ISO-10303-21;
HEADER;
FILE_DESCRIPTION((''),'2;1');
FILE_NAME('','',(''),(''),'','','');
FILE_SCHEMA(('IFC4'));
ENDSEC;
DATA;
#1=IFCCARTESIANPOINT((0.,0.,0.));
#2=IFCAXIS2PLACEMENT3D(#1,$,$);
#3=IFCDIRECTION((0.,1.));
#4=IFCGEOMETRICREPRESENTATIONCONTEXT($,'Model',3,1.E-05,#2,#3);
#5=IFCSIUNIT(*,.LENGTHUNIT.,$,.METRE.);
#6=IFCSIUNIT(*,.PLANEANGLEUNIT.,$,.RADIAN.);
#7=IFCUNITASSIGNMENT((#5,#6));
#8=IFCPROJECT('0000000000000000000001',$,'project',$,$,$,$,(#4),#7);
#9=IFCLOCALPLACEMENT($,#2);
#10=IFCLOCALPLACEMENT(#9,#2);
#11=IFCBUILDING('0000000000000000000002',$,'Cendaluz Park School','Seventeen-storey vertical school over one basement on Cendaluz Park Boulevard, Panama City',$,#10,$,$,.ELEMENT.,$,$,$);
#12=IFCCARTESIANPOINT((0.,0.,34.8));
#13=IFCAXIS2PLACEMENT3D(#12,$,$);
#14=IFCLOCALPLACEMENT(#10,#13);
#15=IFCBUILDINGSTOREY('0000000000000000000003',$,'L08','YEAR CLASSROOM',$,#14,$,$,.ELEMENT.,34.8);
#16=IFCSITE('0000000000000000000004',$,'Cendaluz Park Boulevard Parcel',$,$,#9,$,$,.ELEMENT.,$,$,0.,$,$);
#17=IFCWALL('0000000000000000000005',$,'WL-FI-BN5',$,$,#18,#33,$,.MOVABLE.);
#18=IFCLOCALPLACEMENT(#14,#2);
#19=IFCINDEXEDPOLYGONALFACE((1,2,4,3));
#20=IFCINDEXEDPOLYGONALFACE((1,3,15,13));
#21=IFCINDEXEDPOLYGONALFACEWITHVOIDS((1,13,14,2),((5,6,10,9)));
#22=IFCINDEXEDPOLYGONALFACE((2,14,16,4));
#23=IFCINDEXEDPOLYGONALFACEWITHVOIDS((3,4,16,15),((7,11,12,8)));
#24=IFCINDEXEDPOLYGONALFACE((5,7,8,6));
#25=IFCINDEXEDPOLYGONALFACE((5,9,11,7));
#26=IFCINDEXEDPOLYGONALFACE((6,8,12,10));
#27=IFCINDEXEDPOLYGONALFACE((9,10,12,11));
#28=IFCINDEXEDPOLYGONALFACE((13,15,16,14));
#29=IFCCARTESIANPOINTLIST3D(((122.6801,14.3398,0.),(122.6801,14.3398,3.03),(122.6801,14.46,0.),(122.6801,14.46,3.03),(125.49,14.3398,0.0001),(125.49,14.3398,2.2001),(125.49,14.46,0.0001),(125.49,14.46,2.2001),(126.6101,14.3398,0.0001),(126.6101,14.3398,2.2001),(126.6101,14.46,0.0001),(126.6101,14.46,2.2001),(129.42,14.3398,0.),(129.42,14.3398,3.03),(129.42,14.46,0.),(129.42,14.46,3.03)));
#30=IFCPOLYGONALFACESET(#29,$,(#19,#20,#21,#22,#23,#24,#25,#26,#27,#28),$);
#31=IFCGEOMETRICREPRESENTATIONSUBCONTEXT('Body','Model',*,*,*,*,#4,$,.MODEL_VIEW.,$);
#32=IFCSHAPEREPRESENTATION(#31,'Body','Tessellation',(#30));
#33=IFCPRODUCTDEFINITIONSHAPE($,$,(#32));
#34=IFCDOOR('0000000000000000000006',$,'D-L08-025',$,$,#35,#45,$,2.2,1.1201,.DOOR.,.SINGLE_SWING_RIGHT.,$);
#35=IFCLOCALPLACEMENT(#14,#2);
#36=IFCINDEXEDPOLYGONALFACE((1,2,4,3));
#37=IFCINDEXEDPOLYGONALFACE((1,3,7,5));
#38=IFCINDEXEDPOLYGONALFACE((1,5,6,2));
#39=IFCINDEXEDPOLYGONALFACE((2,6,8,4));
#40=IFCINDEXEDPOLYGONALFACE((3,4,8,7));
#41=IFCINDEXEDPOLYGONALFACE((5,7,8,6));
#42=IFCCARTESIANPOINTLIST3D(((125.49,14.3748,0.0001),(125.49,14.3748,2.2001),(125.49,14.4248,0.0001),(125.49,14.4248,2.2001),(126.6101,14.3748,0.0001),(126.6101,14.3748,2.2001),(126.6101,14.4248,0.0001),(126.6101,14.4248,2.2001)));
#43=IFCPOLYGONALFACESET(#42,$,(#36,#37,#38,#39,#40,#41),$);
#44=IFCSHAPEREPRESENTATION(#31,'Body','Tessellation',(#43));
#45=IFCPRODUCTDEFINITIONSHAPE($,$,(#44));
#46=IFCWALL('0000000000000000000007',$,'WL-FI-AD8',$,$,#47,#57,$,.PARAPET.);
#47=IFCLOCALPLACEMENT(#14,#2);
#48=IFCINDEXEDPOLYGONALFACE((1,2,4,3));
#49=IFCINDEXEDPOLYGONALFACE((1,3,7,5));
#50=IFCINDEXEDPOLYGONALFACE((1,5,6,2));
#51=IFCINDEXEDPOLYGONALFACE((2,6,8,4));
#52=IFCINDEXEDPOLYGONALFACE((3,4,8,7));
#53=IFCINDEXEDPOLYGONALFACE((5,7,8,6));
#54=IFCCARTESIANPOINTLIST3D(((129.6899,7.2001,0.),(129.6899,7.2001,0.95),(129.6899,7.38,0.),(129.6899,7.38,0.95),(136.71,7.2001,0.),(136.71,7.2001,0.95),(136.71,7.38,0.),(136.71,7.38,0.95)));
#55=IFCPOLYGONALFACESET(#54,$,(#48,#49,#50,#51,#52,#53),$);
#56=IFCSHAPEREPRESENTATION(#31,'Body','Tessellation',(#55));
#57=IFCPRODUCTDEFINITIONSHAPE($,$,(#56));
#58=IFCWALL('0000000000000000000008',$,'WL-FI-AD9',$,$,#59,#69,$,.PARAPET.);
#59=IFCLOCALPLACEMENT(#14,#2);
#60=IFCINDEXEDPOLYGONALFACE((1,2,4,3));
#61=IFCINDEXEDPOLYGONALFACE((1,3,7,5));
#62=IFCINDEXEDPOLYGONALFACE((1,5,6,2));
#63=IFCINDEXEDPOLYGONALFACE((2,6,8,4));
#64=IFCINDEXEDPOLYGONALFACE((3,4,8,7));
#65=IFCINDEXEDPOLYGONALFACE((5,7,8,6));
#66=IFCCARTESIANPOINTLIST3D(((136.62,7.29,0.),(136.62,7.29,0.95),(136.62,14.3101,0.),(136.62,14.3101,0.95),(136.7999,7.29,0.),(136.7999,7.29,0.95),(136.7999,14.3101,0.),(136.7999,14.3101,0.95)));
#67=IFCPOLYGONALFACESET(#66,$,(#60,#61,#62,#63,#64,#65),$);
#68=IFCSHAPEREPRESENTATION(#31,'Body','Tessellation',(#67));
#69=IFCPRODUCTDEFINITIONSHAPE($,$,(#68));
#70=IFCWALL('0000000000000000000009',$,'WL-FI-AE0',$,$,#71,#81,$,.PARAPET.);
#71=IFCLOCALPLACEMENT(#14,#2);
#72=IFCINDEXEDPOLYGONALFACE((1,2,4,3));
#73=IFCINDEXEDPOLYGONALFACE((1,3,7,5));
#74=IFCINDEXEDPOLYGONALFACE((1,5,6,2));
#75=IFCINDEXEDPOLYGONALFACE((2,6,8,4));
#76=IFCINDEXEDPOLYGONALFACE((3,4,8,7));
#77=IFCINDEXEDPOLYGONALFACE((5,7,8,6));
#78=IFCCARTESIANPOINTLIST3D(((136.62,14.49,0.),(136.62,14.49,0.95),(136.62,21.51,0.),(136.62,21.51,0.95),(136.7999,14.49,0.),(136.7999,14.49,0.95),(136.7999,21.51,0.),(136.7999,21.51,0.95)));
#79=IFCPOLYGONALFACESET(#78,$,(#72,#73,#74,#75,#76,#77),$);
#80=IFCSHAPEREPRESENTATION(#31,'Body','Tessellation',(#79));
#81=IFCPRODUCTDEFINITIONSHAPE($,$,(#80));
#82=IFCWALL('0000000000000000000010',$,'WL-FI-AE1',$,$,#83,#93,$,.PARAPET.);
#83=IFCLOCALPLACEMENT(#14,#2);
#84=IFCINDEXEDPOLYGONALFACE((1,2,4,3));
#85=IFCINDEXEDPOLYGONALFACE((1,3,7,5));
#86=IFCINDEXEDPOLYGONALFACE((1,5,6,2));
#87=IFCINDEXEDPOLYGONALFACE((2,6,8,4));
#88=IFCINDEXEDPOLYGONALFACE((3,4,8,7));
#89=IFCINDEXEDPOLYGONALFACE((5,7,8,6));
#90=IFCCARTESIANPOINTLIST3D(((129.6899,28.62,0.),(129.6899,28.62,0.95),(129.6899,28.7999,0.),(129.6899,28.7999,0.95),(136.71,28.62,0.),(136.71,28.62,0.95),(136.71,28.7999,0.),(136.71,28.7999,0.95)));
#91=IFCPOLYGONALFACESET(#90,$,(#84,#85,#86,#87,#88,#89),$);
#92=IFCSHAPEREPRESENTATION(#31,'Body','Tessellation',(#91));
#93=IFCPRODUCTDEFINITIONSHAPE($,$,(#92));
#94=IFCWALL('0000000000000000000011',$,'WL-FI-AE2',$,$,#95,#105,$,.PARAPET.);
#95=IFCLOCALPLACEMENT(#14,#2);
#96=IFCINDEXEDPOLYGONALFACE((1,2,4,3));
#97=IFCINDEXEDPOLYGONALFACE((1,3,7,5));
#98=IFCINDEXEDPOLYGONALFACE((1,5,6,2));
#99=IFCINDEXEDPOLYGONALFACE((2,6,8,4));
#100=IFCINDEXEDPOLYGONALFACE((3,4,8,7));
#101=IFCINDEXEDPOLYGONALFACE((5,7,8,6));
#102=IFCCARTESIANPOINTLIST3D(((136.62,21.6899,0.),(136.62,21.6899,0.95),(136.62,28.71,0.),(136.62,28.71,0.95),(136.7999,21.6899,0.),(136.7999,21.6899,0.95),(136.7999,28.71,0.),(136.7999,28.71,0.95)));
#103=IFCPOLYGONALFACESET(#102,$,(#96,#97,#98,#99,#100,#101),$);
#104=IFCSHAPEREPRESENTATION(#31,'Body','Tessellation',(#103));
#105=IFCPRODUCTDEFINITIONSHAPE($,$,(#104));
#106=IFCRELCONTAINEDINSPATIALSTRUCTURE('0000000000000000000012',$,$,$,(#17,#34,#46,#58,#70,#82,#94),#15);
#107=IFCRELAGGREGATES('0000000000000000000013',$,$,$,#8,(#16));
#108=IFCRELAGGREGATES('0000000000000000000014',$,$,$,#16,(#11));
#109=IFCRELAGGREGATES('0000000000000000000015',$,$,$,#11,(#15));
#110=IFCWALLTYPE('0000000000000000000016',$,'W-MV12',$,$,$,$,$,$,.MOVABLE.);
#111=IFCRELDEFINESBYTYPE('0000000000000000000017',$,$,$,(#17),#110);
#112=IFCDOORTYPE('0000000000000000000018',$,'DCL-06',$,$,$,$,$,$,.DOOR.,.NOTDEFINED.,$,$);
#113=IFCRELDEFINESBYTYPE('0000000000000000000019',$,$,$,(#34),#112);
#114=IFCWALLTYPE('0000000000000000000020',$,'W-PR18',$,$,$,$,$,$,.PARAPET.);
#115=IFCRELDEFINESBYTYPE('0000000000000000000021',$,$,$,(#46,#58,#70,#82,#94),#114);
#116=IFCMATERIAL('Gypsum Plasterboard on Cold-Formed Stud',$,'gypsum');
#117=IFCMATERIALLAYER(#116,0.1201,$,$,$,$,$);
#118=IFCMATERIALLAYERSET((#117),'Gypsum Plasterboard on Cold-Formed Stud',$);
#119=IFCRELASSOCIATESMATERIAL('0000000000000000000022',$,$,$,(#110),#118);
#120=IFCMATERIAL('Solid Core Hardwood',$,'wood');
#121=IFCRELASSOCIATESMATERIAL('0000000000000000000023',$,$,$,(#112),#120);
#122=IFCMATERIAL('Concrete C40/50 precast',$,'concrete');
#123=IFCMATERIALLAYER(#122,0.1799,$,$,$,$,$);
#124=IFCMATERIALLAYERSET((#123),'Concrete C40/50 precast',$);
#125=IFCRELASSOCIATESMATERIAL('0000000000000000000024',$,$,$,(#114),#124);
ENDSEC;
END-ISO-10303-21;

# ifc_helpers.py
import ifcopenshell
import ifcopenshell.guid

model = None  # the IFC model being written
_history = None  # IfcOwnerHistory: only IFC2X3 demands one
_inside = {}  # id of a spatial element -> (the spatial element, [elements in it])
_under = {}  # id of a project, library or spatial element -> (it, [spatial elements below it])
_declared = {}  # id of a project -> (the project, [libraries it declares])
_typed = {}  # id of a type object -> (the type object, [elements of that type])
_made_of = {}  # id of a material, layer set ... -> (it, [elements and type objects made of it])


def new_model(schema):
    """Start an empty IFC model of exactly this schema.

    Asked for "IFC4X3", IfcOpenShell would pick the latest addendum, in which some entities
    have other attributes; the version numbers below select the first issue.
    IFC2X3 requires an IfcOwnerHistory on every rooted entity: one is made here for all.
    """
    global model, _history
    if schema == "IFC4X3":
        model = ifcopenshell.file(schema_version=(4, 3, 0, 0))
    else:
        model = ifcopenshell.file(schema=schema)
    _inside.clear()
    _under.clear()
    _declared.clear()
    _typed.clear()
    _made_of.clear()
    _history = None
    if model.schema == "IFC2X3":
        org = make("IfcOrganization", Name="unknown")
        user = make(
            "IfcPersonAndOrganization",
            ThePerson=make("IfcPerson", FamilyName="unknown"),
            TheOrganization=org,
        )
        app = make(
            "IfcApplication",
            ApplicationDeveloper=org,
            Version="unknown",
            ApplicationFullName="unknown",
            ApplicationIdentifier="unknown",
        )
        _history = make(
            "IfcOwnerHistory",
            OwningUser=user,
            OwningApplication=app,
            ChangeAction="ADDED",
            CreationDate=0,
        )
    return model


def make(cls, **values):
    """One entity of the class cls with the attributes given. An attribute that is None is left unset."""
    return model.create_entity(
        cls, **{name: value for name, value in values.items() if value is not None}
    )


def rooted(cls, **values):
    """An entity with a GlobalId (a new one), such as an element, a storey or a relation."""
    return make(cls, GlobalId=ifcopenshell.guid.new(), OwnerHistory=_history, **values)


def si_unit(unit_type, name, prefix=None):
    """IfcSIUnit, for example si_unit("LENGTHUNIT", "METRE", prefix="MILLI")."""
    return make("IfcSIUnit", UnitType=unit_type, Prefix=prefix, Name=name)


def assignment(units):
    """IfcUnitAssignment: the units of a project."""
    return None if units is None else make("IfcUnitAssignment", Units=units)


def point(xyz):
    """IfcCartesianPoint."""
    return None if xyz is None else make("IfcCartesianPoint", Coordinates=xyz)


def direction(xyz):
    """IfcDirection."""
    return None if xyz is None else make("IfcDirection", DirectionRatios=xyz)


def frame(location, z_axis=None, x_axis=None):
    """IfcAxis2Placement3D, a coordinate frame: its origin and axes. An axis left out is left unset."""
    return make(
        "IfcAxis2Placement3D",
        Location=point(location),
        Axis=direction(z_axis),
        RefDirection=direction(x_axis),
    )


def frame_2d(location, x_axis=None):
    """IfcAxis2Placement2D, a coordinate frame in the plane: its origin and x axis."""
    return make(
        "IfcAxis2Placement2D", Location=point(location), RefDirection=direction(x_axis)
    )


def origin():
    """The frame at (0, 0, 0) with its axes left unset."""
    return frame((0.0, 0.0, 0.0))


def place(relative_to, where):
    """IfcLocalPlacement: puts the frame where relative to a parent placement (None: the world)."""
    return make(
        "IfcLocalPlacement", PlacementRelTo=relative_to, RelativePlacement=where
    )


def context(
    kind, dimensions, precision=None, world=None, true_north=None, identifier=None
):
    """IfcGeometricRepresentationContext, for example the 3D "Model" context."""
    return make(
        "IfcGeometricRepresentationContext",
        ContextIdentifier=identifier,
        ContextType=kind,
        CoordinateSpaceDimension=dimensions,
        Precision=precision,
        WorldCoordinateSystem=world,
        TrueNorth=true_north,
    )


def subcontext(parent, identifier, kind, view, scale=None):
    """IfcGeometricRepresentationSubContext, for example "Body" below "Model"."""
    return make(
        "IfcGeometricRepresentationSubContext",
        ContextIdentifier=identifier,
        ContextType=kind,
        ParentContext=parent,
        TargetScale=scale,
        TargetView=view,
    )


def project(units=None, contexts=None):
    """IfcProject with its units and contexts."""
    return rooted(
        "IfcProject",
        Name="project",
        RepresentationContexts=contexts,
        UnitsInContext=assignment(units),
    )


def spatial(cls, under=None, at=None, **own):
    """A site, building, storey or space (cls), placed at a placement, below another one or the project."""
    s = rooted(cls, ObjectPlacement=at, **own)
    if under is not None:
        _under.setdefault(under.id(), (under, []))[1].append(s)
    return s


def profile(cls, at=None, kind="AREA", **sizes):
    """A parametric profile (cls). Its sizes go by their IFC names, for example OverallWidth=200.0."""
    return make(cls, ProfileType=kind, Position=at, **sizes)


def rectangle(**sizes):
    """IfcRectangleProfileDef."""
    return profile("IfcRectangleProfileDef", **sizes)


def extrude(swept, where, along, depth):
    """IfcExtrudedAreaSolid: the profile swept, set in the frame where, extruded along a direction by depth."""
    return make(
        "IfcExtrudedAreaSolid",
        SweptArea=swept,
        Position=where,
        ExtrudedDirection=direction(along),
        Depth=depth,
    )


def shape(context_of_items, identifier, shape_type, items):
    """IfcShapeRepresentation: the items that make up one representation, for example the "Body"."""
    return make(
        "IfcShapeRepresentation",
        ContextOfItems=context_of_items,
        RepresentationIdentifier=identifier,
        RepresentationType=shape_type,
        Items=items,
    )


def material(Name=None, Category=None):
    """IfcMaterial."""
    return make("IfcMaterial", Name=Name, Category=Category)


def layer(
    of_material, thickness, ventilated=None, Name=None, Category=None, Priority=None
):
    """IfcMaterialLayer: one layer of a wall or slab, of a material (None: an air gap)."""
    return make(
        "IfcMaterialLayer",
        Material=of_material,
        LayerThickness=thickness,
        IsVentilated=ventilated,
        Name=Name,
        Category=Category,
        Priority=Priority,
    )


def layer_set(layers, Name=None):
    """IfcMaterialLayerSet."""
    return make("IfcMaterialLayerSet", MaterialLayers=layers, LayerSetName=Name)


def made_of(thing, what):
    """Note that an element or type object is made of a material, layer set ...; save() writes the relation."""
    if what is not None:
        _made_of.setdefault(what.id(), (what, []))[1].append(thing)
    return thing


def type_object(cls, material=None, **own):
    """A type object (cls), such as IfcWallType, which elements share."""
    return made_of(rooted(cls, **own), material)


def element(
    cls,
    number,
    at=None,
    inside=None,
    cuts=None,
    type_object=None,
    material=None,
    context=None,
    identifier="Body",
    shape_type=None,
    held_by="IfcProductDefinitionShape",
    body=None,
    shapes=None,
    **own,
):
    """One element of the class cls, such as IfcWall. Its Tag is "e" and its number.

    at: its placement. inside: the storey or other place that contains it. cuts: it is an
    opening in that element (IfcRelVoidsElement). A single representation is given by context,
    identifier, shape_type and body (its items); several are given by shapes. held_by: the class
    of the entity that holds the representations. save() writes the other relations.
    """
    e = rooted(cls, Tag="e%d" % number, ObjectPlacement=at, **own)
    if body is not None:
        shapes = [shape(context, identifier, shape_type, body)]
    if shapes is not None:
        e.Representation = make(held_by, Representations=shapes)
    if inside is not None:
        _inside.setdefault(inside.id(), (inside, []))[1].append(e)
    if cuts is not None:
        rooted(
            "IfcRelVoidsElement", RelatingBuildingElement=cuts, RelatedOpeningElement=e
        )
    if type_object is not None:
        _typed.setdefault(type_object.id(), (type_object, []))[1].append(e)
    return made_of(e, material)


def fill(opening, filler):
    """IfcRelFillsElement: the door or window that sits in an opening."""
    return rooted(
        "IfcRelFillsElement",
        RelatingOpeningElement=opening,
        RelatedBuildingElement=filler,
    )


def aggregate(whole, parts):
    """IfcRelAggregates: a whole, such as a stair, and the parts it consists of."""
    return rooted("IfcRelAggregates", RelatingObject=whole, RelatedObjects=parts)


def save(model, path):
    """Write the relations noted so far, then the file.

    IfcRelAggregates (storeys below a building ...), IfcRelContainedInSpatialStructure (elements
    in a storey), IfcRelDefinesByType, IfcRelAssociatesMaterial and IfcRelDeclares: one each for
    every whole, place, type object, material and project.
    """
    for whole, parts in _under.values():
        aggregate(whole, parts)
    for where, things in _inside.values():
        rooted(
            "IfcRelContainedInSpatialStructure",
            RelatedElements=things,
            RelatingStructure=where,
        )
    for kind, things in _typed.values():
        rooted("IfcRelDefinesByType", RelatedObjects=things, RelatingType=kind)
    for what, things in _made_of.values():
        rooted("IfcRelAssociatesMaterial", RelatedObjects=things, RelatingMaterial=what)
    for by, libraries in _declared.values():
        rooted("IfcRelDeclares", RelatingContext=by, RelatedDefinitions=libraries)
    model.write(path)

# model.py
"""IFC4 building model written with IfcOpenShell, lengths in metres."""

from ifc_helpers import new_model, si_unit, direction, frame, frame_2d, origin, place, context, subcontext, project, spatial, rectangle, extrude, material, layer, layer_set, type_object, element, fill, save


model = new_model("IFC4")

# Units and contexts
model_context = context("Model", 3, precision=1e-05, world=origin(), true_north=direction((0.0, 1.0)))
body_context = subcontext(model_context, "Body", "Model", "MODEL_VIEW")
ifc_project = project(units=[si_unit("LENGTHUNIT", "METRE"), si_unit("PLANEANGLEUNIT", "RADIAN")], contexts=[model_context])

# Site, building, storey
site_placement = place(None, origin())
site = spatial("IfcSite", under=ifc_project, at=site_placement, Name="Cendaluz Park Boulevard Parcel", CompositionType="ELEMENT", RefElevation=0.0)
building_placement = place(site_placement, origin())
building = spatial("IfcBuilding", under=site, at=building_placement, Name="Cendaluz Park School", Description="Seventeen-storey vertical school over one basement on Cendaluz Park Boulevard, Panama City", CompositionType="ELEMENT")
storey_placement = place(building_placement, frame((0.0, 0.0, 34.8)))
storey = spatial("IfcBuildingStorey", under=building, at=storey_placement, Name="L08", Description="YEAR CLASSROOM", CompositionType="ELEMENT", Elevation=34.8)

# Shared definitions
ifc_material_1 = material(Name="Gypsum Plasterboard on Cold-Formed Stud", Category="gypsum")

# Wall, opening, door
ifc_layer_1 = layer(ifc_material_1, 0.1201)
ifc_layer_set_1 = layer_set([ifc_layer_1], Name="Gypsum Plasterboard on Cold-Formed Stud")
wall_type_1 = type_object("IfcWallType", Name="W-MV12", PredefinedType="MOVABLE", material=ifc_layer_set_1)
wall_1_placement = place(storey_placement, frame((122.6799, 14.3999, 0.0), z_axis=(0.0, 0.0, 1.0), x_axis=(1.0, 0.0, 0.0)))
wall_1 = element("IfcWall", 1, at=wall_1_placement, inside=storey, type_object=wall_type_1, Name="WL-FI-BN5", PredefinedType="MOVABLE", context=body_context, shape_type="SweptSolid", body=[
    extrude(rectangle(XDim=6.74, YDim=0.1201, at=frame_2d((3.3701, 0.0))), origin(), (0.0, 0.0, 1.0), 3.03),
])
opening_1_placement = place(wall_1_placement, frame((2.8101, 0.0, 0.0)))
opening_1 = element("IfcOpeningElement", 2, at=opening_1_placement, cuts=wall_1, PredefinedType="OPENING", context=body_context, shape_type="SweptSolid", body=[
    extrude(rectangle(XDim=1.1201, YDim=2.2, at=frame_2d((0.5601, 1.1001))), frame((0.0, 0.072, 0.0), z_axis=(0.0, -1.0, 0.0), x_axis=(1.0, 0.0, 0.0)), (0.0, 0.0, 1.0), 0.144),
])
ifc_material_2 = material(Name="Solid Core Hardwood", Category="wood")
door_type = type_object("IfcDoorType", Name="DCL-06", OperationType="NOTDEFINED", PredefinedType="DOOR", material=ifc_material_2)
door_placement = place(opening_1_placement, origin())
door = element("IfcDoor", 3, at=door_placement, inside=storey, type_object=door_type, Name="D-L08-025", OperationType="SINGLE_SWING_RIGHT", OverallHeight=2.2, OverallWidth=1.1201, PredefinedType="DOOR", context=body_context, shape_type="SweptSolid", body=[
    extrude(rectangle(XDim=1.1201, YDim=2.2, at=frame_2d((0.5601, 1.1001))), frame((0.0, 0.0249, 0.0), z_axis=(0.0, -1.0, 0.0), x_axis=(1.0, 0.0, 0.0)), (0.0, 0.0, 1.0), 0.05),
])
fill(opening_1, door)

# Walls
ifc_material_3 = material(Name="Concrete C40/50 precast", Category="concrete")
ifc_layer_2 = layer(ifc_material_3, 0.1799)
ifc_layer_set_2 = layer_set([ifc_layer_2], Name="Concrete C40/50 precast")
wall_type_2 = type_object("IfcWallType", Name="W-PR18", PredefinedType="PARAPET", material=ifc_layer_set_2)
for number, where, z_axis, x_axis, name in (
    (4, (129.6899, 7.29, 0.0), (0.0, 0.0, 1.0), (1.0, 0.0, 0.0), "WL-FI-AD8"),
    (5, (136.71, 7.29, 0.0), (0.0, 0.0, 1.0), (0.0, 1.0, 0.0), "WL-FI-AD9"),
    (6, (136.71, 14.49, 0.0), (0.0, 0.0, 1.0), (0.0, 1.0, 0.0), "WL-FI-AE0"),
    (7, (129.6899, 28.71, 0.0), (0.0, 0.0, 1.0), (1.0, 0.0, 0.0), "WL-FI-AE1"),
    (8, (136.71, 21.6899, 0.0), (0.0, 0.0, 1.0), (0.0, 1.0, 0.0), "WL-FI-AE2"),
):
    element("IfcWall", number, at=place(storey_placement, frame(where, z_axis=z_axis, x_axis=x_axis)), inside=storey, type_object=wall_type_2, Name=name, PredefinedType="PARAPET", context=body_context, shape_type="SweptSolid", body=[
        extrude(rectangle(XDim=7.02, YDim=0.1799, at=frame_2d((3.51, 0.0))), origin(), (0.0, 0.0, 1.0), 0.95),
    ])

save(model, "model.ifc")
